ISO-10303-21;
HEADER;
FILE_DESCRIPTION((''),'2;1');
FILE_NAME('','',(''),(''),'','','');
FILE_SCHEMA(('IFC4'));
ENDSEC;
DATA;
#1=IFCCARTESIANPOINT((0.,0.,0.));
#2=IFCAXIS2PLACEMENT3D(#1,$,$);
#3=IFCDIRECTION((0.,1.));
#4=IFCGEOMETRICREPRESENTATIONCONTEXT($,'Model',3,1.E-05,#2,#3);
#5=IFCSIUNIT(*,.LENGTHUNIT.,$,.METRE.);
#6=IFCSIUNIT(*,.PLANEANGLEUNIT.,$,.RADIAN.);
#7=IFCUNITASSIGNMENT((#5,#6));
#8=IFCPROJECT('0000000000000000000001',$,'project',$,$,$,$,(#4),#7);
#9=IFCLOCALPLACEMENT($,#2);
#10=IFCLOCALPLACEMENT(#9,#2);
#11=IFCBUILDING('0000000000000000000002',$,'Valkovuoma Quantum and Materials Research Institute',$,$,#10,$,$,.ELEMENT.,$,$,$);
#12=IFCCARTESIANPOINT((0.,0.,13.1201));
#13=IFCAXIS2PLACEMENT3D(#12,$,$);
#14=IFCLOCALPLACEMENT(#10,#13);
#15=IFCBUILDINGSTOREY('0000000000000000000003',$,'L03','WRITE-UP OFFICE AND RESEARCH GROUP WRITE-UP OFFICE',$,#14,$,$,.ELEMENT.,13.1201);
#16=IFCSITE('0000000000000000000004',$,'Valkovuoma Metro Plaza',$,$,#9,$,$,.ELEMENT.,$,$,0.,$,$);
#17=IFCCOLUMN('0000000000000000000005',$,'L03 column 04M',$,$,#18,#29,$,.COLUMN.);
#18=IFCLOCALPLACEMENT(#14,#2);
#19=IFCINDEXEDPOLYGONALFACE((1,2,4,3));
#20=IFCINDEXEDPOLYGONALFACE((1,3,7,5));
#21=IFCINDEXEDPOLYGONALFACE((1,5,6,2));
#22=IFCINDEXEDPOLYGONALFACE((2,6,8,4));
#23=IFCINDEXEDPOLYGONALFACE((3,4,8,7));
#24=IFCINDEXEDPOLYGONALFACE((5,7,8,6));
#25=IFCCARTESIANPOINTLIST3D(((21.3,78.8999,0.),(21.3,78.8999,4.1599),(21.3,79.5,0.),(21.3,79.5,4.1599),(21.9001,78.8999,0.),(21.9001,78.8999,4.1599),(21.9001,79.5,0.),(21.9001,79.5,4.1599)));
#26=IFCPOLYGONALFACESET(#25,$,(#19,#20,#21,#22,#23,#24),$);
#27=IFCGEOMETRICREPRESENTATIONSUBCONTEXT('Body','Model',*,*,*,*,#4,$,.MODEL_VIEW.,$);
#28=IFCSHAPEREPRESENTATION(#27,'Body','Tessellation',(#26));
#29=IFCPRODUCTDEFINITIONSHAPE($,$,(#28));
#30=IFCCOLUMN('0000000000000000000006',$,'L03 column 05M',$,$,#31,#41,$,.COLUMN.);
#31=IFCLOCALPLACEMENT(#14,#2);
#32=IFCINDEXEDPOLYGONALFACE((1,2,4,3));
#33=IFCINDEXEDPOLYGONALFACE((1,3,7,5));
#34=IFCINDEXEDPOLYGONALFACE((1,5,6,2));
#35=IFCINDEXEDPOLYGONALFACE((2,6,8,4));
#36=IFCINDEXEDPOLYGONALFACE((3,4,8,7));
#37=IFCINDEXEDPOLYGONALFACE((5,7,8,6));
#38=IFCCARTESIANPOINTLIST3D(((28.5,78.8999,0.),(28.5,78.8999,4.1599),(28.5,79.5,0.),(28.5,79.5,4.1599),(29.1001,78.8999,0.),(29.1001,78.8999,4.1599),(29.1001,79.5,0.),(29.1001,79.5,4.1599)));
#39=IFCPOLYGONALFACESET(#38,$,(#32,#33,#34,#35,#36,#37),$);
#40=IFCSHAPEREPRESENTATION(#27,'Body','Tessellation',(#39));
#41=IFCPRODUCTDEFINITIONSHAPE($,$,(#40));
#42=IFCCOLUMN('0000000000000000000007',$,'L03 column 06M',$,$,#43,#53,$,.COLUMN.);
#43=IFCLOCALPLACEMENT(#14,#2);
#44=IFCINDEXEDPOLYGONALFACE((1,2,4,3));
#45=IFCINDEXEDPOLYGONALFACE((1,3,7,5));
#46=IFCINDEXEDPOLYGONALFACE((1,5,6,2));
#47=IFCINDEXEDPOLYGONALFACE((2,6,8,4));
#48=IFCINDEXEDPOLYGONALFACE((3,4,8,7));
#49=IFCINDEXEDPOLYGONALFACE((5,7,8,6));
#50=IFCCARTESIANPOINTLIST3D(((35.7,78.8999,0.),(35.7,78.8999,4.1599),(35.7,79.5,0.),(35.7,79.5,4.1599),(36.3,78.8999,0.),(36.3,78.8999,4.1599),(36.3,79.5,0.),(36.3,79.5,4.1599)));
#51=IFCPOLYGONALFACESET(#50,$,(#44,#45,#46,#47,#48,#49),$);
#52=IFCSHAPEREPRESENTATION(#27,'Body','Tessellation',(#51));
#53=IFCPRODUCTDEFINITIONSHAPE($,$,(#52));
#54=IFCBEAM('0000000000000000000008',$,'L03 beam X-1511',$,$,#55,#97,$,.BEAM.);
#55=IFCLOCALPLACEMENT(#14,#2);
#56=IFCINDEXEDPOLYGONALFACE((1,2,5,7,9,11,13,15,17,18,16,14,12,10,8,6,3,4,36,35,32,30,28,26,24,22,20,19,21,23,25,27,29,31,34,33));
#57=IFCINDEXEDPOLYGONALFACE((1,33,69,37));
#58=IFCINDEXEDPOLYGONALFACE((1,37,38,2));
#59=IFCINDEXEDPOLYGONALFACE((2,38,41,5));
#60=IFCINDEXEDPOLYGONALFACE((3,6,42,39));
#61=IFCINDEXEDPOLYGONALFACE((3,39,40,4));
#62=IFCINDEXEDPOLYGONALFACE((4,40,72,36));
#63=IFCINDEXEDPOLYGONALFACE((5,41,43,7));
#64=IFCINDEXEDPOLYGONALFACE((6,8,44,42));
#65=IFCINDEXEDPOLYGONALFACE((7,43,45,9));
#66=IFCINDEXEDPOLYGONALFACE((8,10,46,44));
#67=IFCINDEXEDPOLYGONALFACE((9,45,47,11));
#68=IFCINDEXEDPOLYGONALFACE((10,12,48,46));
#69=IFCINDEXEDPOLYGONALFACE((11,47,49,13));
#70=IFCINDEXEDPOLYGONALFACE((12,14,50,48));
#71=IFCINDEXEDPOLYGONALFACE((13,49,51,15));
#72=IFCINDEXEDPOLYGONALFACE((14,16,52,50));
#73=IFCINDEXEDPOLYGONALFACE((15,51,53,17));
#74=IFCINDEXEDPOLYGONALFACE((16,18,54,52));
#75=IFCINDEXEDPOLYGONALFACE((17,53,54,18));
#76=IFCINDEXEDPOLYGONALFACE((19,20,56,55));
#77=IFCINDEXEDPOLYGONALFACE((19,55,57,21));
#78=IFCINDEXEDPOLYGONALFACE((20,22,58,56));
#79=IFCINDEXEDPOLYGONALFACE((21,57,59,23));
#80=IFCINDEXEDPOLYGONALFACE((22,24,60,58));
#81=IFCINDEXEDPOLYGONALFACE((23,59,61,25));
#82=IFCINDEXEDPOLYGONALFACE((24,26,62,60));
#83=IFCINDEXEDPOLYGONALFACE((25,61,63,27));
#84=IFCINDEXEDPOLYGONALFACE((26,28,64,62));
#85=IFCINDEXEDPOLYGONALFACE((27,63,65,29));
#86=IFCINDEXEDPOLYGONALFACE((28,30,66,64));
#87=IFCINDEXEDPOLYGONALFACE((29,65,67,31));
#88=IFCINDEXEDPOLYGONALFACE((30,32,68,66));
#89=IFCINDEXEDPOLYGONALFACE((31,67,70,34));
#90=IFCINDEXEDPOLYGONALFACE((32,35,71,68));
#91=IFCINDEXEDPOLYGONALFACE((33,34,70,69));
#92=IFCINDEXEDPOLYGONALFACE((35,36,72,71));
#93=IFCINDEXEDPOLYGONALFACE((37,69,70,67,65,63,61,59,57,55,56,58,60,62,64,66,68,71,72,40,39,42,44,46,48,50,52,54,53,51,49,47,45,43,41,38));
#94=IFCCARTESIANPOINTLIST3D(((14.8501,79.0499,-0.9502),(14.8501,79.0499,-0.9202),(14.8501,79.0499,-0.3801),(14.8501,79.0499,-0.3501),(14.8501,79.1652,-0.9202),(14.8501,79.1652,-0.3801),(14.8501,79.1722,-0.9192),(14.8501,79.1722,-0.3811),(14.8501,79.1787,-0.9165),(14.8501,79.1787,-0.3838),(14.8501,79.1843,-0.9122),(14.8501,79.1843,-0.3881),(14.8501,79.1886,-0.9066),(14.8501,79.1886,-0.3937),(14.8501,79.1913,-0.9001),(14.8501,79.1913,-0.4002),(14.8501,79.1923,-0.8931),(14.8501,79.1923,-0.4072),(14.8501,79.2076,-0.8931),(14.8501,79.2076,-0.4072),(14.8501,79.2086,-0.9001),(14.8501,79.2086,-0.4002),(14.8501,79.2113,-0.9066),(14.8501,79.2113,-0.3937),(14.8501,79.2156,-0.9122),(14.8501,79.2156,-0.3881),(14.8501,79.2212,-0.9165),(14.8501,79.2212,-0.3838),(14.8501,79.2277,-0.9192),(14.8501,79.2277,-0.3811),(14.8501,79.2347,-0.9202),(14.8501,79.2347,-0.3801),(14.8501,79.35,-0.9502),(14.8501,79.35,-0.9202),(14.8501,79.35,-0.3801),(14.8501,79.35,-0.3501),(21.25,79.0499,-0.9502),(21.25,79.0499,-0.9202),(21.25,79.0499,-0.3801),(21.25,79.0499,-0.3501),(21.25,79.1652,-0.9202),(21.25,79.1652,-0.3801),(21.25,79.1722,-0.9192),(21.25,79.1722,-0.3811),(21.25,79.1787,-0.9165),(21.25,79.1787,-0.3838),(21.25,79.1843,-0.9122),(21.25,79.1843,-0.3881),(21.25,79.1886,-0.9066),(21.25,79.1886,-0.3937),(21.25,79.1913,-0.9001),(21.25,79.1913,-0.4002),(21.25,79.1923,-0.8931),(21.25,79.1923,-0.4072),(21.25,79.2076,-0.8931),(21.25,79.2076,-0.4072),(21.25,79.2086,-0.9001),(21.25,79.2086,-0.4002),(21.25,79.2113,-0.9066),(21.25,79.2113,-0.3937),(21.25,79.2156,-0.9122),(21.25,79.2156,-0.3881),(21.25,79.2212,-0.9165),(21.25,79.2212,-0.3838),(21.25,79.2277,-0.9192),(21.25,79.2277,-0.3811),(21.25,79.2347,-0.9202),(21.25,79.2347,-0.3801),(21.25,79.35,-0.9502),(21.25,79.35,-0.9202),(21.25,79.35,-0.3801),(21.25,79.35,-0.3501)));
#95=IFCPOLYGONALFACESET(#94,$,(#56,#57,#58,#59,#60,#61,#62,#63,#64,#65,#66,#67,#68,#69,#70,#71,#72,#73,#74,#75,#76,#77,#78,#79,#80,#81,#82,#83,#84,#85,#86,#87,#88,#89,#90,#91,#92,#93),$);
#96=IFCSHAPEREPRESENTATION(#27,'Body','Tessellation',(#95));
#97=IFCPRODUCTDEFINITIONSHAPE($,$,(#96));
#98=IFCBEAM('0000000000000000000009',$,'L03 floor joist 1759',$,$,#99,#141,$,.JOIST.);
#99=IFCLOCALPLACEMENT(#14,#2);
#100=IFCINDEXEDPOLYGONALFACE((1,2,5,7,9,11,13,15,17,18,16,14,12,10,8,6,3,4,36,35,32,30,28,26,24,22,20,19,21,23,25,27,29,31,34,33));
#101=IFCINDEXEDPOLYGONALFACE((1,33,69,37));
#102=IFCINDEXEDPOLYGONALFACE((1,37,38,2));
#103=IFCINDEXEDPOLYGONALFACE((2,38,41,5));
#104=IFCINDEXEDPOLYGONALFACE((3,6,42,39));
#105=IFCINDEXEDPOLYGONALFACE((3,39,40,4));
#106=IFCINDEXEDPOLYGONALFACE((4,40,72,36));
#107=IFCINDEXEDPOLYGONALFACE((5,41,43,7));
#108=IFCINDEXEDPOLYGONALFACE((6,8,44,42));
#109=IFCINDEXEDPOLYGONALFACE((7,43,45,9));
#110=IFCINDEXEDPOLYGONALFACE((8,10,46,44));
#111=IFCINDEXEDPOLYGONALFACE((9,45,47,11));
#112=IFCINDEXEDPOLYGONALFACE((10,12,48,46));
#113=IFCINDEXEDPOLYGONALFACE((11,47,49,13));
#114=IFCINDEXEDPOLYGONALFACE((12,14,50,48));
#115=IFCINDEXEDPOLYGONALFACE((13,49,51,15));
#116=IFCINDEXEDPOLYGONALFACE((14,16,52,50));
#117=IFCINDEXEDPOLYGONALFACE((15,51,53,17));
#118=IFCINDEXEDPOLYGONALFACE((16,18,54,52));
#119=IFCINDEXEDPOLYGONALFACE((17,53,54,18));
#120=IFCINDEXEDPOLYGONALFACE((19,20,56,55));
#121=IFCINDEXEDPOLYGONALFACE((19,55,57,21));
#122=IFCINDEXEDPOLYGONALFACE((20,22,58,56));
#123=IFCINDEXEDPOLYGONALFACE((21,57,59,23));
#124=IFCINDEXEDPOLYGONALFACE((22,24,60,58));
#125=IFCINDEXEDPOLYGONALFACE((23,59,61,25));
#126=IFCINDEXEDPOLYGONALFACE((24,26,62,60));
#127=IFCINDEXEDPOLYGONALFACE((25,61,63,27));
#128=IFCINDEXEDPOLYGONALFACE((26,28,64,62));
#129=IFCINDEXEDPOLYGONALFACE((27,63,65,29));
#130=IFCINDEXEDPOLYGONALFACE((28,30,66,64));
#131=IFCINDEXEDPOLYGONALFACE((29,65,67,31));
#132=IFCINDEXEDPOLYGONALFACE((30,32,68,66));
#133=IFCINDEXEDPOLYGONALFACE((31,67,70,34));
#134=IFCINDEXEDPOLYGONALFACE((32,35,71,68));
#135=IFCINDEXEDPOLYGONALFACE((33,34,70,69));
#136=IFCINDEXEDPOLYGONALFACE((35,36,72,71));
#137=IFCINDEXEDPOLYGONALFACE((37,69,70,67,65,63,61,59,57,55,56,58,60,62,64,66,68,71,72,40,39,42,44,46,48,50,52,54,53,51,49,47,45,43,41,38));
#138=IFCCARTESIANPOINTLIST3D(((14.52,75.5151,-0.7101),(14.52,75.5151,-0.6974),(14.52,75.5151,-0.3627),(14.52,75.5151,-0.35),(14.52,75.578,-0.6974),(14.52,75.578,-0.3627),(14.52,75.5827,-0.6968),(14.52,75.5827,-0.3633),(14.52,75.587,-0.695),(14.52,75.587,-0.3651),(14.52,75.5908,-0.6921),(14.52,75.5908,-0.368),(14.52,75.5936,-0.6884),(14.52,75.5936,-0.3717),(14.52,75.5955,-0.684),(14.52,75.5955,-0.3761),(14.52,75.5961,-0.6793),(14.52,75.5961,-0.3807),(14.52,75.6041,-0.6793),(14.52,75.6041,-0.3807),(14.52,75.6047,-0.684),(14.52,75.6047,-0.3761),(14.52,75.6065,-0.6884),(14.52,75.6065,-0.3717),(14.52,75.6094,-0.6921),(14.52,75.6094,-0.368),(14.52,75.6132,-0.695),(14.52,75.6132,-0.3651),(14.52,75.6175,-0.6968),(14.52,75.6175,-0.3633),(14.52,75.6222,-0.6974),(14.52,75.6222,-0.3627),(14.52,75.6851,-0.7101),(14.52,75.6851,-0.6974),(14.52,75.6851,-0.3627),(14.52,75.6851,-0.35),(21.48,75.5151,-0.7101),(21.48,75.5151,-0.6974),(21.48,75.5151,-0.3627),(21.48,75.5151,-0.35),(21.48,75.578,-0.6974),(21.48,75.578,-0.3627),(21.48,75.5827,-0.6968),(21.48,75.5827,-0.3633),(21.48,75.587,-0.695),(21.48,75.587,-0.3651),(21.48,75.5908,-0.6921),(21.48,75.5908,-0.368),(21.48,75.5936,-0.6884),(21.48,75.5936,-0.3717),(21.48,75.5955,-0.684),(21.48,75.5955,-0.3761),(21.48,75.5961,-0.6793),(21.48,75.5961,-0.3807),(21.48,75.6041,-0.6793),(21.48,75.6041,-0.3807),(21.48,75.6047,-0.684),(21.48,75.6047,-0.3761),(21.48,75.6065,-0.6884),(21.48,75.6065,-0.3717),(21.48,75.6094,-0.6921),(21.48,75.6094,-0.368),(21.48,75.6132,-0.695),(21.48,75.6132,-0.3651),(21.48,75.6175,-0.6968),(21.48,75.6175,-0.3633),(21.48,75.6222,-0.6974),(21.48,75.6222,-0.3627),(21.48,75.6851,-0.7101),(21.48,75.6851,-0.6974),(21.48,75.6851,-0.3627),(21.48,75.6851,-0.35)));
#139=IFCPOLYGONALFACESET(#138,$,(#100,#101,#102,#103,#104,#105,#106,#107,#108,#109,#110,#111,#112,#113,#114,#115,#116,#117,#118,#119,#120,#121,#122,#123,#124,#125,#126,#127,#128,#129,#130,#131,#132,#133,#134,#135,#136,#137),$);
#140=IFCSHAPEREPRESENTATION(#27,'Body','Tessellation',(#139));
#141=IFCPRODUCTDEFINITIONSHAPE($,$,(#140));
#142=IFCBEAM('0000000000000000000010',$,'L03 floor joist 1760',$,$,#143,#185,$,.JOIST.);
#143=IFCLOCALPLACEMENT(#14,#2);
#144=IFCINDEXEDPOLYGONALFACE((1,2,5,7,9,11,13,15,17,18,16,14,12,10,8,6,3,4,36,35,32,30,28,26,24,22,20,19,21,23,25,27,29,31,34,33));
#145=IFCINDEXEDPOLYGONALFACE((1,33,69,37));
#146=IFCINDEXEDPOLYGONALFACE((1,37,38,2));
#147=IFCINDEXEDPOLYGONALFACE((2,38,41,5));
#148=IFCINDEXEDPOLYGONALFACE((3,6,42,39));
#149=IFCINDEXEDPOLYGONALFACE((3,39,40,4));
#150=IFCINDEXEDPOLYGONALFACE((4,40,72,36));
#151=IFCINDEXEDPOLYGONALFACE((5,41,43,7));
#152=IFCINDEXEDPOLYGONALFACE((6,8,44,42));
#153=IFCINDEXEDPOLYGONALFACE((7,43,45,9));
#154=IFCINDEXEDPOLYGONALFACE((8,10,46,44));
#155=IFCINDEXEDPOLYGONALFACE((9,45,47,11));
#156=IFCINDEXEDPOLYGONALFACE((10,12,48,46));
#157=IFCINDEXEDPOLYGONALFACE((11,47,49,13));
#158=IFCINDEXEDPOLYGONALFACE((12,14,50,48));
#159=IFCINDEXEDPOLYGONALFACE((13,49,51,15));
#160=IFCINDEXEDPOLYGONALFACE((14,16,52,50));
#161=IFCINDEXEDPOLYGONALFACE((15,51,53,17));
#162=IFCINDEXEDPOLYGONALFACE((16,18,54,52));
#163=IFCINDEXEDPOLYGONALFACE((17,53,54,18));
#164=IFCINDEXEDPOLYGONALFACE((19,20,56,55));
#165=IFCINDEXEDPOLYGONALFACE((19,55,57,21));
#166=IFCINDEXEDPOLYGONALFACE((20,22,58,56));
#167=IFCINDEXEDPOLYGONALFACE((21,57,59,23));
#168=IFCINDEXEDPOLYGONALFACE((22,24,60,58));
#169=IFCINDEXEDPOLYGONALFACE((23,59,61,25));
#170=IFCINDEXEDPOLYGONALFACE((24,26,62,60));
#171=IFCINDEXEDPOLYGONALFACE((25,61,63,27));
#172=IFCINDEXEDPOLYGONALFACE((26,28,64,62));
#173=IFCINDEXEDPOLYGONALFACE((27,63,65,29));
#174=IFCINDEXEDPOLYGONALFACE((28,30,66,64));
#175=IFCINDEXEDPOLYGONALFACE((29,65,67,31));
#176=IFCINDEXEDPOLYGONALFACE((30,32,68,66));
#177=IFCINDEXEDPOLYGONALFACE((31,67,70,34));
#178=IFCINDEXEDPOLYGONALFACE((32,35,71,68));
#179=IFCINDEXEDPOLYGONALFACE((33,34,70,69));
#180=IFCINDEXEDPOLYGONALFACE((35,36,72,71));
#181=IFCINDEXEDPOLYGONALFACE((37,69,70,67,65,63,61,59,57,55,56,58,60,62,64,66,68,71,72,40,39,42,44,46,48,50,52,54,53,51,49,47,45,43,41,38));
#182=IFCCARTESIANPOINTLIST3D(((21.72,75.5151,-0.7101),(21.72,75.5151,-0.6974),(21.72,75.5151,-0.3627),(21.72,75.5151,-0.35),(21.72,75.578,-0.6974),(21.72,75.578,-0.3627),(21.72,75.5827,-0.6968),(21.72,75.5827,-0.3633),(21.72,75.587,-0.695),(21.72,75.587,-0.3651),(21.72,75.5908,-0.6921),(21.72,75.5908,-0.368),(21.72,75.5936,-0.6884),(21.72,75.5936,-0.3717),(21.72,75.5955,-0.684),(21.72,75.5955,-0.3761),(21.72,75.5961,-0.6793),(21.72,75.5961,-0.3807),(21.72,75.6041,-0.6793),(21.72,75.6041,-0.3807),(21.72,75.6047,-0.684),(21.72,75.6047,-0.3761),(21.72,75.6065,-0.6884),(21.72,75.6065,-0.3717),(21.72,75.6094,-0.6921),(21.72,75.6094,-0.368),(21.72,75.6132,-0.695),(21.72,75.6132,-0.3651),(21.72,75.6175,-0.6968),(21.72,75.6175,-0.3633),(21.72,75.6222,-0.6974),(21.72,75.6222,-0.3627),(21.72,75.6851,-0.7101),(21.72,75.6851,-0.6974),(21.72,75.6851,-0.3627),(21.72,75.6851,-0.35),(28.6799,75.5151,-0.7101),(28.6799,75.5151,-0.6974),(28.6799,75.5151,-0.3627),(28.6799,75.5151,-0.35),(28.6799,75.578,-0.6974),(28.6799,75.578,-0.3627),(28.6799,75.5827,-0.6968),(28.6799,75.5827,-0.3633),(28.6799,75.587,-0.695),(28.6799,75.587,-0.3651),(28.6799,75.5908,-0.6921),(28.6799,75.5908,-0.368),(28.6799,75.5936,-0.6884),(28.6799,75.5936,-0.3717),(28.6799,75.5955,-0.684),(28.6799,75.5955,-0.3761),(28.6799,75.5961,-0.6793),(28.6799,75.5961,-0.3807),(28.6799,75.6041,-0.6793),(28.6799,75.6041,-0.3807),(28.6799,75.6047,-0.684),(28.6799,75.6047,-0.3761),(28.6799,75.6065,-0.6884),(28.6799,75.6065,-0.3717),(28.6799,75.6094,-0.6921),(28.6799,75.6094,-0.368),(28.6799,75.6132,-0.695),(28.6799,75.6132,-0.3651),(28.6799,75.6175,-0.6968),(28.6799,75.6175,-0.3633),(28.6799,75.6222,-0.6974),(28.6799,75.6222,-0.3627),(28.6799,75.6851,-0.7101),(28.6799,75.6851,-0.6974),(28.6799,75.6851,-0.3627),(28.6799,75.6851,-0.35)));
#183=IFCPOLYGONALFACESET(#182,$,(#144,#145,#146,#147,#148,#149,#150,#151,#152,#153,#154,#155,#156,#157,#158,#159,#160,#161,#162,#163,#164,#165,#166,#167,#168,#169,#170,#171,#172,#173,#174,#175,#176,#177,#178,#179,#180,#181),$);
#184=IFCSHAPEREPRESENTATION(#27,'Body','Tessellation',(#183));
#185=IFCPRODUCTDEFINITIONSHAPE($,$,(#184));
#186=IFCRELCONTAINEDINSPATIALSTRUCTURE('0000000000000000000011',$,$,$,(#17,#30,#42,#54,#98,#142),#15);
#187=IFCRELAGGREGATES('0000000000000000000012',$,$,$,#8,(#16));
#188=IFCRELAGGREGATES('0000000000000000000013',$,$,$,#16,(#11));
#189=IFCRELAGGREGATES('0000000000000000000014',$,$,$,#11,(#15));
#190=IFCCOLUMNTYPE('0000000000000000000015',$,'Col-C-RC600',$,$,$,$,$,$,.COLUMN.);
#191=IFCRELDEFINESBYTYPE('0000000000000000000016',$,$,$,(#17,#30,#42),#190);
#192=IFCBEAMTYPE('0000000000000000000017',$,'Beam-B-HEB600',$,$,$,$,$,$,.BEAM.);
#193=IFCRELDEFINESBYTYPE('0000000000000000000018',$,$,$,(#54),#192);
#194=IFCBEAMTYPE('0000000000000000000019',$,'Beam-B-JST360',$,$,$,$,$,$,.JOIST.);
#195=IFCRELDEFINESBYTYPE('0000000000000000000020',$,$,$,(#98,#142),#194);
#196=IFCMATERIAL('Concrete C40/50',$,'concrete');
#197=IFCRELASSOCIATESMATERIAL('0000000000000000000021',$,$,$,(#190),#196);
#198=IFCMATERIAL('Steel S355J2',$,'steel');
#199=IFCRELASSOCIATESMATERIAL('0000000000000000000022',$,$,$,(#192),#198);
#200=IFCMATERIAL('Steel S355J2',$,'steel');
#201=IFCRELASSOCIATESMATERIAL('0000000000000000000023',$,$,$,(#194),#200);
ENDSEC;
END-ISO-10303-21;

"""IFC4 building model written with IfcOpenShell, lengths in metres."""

from ifc_helpers import new_model, si_unit, direction, frame, origin, origin_2d, place, context, subcontext, project, spatial, rectangle, i_section, extrude, material, material_profile, profile_set, type_object, element, save


model = new_model("IFC4")

# Units and contexts
model_context = context("Model", 3, precision=1e-05, world=origin(), true_north=direction((0.0, 1.0)))
body_context = subcontext(model_context, "Body", "Model", "MODEL_VIEW")
ifc_project = project(units=[si_unit("LENGTHUNIT", "METRE"), si_unit("PLANEANGLEUNIT", "RADIAN")], contexts=[model_context])

# Site, building, storey
site_placement = place(None, origin())
site = spatial("IfcSite", under=ifc_project, at=site_placement, Name="Valkovuoma Metro Plaza", CompositionType="ELEMENT", RefElevation=0.0)
building_placement = place(site_placement, origin())
building = spatial("IfcBuilding", under=site, at=building_placement, Name="Valkovuoma Quantum and Materials Research Institute", CompositionType="ELEMENT")
storey_placement = place(building_placement, frame((0.0, 0.0, 13.1201)))
storey = spatial("IfcBuildingStorey", under=building, at=storey_placement, Name="L03", Description="WRITE-UP OFFICE AND RESEARCH GROUP WRITE-UP OFFICE", CompositionType="ELEMENT", Elevation=13.1201)

# Columns
ifc_material_1 = material(Name="Concrete C40/50", Category="concrete")
ifc_material_profile_1 = material_profile(ifc_material_1, rectangle(XDim=0.6001, YDim=0.6001, at=origin_2d()), Name="Concrete C40/50")
ifc_profile_set_1 = profile_set([ifc_material_profile_1], Name="Concrete C40/50")
column_type = type_object("IfcColumnType", Name="Col-C-RC600", PredefinedType="COLUMN", material=ifc_profile_set_1)
for number, where, z_axis, x_axis, name in (
    (1, (21.6001, 79.2, 0.0), (0.0, 0.0, 1.0), (1.0, 0.0, 0.0), "L03 column 04M"),
    (2, (28.8, 79.2, 0.0), (0.0, 0.0, 1.0), (1.0, 0.0, 0.0), "L03 column 05M"),
    (3, (36.0, 79.2, 0.0), (0.0, 0.0, 1.0), (1.0, 0.0, 0.0), "L03 column 06M"),
):
    element("IfcColumn", number, at=place(storey_placement, frame(where, z_axis=z_axis, x_axis=x_axis)), inside=storey, type_object=column_type, Name=name, PredefinedType="COLUMN", context=body_context, shape_type="SweptSolid", body=[
        extrude(rectangle(XDim=0.6001, YDim=0.6001, at=origin_2d()), origin(), (0.0, 0.0, 1.0), 4.1599),
    ])

# Beams
ifc_material_2 = material(Name="Steel S355J2", Category="steel")
ifc_material_profile_2 = material_profile(ifc_material_2, i_section(OverallWidth=0.3, OverallDepth=0.6001, WebThickness=0.0154, FlangeThickness=0.03, FilletRadius=0.0271, at=origin_2d()), Name="Steel S355J2")
ifc_profile_set_2 = profile_set([ifc_material_profile_2], Name="Steel S355J2")
beam_type_1 = type_object("IfcBeamType", Name="Beam-B-HEB600", PredefinedType="BEAM", material=ifc_profile_set_2)
beam_placement = place(storey_placement, frame((14.8501, 79.2, -0.6501), z_axis=(1.0, 0.0, 0.0), x_axis=(0.0, 1.0, 0.0)))
element("IfcBeam", 4, at=beam_placement, inside=storey, type_object=beam_type_1, Name="L03 beam X-1511", PredefinedType="BEAM", context=body_context, shape_type="SweptSolid", body=[
    extrude(i_section(OverallWidth=0.3, OverallDepth=0.6001, WebThickness=0.0154, FlangeThickness=0.03, FilletRadius=0.0271, at=origin_2d()), origin(), (0.0, 0.0, 1.0), 6.3999),
])
ifc_material_3 = material(Name="Steel S355J2", Category="steel")
ifc_material_profile_3 = material_profile(ifc_material_3, i_section(OverallWidth=0.1699, OverallDepth=0.3601, WebThickness=0.0081, FlangeThickness=0.0127, FilletRadius=0.0181, at=origin_2d()), Name="Steel S355J2")
ifc_profile_set_3 = profile_set([ifc_material_profile_3], Name="Steel S355J2")
beam_type_2 = type_object("IfcBeamType", Name="Beam-B-JST360", PredefinedType="JOIST", material=ifc_profile_set_3)
for number, where, z_axis, x_axis, name in (
    (5, (14.52, 75.6001, -0.53), (1.0, 0.0, 0.0), (0.0, 1.0, 0.0), "L03 floor joist 1759"),
    (6, (21.72, 75.6001, -0.53), (1.0, 0.0, 0.0), (0.0, 1.0, 0.0), "L03 floor joist 1760"),
):
    element("IfcBeam", number, at=place(storey_placement, frame(where, z_axis=z_axis, x_axis=x_axis)), inside=storey, type_object=beam_type_2, Name=name, PredefinedType="JOIST", context=body_context, shape_type="SweptSolid", body=[
        extrude(i_section(OverallWidth=0.1699, OverallDepth=0.3601, WebThickness=0.0081, FlangeThickness=0.0127, FilletRadius=0.0181, at=origin_2d()), origin(), (0.0, 0.0, 1.0), 6.96),
    ])

save(model, "model.ifc")
